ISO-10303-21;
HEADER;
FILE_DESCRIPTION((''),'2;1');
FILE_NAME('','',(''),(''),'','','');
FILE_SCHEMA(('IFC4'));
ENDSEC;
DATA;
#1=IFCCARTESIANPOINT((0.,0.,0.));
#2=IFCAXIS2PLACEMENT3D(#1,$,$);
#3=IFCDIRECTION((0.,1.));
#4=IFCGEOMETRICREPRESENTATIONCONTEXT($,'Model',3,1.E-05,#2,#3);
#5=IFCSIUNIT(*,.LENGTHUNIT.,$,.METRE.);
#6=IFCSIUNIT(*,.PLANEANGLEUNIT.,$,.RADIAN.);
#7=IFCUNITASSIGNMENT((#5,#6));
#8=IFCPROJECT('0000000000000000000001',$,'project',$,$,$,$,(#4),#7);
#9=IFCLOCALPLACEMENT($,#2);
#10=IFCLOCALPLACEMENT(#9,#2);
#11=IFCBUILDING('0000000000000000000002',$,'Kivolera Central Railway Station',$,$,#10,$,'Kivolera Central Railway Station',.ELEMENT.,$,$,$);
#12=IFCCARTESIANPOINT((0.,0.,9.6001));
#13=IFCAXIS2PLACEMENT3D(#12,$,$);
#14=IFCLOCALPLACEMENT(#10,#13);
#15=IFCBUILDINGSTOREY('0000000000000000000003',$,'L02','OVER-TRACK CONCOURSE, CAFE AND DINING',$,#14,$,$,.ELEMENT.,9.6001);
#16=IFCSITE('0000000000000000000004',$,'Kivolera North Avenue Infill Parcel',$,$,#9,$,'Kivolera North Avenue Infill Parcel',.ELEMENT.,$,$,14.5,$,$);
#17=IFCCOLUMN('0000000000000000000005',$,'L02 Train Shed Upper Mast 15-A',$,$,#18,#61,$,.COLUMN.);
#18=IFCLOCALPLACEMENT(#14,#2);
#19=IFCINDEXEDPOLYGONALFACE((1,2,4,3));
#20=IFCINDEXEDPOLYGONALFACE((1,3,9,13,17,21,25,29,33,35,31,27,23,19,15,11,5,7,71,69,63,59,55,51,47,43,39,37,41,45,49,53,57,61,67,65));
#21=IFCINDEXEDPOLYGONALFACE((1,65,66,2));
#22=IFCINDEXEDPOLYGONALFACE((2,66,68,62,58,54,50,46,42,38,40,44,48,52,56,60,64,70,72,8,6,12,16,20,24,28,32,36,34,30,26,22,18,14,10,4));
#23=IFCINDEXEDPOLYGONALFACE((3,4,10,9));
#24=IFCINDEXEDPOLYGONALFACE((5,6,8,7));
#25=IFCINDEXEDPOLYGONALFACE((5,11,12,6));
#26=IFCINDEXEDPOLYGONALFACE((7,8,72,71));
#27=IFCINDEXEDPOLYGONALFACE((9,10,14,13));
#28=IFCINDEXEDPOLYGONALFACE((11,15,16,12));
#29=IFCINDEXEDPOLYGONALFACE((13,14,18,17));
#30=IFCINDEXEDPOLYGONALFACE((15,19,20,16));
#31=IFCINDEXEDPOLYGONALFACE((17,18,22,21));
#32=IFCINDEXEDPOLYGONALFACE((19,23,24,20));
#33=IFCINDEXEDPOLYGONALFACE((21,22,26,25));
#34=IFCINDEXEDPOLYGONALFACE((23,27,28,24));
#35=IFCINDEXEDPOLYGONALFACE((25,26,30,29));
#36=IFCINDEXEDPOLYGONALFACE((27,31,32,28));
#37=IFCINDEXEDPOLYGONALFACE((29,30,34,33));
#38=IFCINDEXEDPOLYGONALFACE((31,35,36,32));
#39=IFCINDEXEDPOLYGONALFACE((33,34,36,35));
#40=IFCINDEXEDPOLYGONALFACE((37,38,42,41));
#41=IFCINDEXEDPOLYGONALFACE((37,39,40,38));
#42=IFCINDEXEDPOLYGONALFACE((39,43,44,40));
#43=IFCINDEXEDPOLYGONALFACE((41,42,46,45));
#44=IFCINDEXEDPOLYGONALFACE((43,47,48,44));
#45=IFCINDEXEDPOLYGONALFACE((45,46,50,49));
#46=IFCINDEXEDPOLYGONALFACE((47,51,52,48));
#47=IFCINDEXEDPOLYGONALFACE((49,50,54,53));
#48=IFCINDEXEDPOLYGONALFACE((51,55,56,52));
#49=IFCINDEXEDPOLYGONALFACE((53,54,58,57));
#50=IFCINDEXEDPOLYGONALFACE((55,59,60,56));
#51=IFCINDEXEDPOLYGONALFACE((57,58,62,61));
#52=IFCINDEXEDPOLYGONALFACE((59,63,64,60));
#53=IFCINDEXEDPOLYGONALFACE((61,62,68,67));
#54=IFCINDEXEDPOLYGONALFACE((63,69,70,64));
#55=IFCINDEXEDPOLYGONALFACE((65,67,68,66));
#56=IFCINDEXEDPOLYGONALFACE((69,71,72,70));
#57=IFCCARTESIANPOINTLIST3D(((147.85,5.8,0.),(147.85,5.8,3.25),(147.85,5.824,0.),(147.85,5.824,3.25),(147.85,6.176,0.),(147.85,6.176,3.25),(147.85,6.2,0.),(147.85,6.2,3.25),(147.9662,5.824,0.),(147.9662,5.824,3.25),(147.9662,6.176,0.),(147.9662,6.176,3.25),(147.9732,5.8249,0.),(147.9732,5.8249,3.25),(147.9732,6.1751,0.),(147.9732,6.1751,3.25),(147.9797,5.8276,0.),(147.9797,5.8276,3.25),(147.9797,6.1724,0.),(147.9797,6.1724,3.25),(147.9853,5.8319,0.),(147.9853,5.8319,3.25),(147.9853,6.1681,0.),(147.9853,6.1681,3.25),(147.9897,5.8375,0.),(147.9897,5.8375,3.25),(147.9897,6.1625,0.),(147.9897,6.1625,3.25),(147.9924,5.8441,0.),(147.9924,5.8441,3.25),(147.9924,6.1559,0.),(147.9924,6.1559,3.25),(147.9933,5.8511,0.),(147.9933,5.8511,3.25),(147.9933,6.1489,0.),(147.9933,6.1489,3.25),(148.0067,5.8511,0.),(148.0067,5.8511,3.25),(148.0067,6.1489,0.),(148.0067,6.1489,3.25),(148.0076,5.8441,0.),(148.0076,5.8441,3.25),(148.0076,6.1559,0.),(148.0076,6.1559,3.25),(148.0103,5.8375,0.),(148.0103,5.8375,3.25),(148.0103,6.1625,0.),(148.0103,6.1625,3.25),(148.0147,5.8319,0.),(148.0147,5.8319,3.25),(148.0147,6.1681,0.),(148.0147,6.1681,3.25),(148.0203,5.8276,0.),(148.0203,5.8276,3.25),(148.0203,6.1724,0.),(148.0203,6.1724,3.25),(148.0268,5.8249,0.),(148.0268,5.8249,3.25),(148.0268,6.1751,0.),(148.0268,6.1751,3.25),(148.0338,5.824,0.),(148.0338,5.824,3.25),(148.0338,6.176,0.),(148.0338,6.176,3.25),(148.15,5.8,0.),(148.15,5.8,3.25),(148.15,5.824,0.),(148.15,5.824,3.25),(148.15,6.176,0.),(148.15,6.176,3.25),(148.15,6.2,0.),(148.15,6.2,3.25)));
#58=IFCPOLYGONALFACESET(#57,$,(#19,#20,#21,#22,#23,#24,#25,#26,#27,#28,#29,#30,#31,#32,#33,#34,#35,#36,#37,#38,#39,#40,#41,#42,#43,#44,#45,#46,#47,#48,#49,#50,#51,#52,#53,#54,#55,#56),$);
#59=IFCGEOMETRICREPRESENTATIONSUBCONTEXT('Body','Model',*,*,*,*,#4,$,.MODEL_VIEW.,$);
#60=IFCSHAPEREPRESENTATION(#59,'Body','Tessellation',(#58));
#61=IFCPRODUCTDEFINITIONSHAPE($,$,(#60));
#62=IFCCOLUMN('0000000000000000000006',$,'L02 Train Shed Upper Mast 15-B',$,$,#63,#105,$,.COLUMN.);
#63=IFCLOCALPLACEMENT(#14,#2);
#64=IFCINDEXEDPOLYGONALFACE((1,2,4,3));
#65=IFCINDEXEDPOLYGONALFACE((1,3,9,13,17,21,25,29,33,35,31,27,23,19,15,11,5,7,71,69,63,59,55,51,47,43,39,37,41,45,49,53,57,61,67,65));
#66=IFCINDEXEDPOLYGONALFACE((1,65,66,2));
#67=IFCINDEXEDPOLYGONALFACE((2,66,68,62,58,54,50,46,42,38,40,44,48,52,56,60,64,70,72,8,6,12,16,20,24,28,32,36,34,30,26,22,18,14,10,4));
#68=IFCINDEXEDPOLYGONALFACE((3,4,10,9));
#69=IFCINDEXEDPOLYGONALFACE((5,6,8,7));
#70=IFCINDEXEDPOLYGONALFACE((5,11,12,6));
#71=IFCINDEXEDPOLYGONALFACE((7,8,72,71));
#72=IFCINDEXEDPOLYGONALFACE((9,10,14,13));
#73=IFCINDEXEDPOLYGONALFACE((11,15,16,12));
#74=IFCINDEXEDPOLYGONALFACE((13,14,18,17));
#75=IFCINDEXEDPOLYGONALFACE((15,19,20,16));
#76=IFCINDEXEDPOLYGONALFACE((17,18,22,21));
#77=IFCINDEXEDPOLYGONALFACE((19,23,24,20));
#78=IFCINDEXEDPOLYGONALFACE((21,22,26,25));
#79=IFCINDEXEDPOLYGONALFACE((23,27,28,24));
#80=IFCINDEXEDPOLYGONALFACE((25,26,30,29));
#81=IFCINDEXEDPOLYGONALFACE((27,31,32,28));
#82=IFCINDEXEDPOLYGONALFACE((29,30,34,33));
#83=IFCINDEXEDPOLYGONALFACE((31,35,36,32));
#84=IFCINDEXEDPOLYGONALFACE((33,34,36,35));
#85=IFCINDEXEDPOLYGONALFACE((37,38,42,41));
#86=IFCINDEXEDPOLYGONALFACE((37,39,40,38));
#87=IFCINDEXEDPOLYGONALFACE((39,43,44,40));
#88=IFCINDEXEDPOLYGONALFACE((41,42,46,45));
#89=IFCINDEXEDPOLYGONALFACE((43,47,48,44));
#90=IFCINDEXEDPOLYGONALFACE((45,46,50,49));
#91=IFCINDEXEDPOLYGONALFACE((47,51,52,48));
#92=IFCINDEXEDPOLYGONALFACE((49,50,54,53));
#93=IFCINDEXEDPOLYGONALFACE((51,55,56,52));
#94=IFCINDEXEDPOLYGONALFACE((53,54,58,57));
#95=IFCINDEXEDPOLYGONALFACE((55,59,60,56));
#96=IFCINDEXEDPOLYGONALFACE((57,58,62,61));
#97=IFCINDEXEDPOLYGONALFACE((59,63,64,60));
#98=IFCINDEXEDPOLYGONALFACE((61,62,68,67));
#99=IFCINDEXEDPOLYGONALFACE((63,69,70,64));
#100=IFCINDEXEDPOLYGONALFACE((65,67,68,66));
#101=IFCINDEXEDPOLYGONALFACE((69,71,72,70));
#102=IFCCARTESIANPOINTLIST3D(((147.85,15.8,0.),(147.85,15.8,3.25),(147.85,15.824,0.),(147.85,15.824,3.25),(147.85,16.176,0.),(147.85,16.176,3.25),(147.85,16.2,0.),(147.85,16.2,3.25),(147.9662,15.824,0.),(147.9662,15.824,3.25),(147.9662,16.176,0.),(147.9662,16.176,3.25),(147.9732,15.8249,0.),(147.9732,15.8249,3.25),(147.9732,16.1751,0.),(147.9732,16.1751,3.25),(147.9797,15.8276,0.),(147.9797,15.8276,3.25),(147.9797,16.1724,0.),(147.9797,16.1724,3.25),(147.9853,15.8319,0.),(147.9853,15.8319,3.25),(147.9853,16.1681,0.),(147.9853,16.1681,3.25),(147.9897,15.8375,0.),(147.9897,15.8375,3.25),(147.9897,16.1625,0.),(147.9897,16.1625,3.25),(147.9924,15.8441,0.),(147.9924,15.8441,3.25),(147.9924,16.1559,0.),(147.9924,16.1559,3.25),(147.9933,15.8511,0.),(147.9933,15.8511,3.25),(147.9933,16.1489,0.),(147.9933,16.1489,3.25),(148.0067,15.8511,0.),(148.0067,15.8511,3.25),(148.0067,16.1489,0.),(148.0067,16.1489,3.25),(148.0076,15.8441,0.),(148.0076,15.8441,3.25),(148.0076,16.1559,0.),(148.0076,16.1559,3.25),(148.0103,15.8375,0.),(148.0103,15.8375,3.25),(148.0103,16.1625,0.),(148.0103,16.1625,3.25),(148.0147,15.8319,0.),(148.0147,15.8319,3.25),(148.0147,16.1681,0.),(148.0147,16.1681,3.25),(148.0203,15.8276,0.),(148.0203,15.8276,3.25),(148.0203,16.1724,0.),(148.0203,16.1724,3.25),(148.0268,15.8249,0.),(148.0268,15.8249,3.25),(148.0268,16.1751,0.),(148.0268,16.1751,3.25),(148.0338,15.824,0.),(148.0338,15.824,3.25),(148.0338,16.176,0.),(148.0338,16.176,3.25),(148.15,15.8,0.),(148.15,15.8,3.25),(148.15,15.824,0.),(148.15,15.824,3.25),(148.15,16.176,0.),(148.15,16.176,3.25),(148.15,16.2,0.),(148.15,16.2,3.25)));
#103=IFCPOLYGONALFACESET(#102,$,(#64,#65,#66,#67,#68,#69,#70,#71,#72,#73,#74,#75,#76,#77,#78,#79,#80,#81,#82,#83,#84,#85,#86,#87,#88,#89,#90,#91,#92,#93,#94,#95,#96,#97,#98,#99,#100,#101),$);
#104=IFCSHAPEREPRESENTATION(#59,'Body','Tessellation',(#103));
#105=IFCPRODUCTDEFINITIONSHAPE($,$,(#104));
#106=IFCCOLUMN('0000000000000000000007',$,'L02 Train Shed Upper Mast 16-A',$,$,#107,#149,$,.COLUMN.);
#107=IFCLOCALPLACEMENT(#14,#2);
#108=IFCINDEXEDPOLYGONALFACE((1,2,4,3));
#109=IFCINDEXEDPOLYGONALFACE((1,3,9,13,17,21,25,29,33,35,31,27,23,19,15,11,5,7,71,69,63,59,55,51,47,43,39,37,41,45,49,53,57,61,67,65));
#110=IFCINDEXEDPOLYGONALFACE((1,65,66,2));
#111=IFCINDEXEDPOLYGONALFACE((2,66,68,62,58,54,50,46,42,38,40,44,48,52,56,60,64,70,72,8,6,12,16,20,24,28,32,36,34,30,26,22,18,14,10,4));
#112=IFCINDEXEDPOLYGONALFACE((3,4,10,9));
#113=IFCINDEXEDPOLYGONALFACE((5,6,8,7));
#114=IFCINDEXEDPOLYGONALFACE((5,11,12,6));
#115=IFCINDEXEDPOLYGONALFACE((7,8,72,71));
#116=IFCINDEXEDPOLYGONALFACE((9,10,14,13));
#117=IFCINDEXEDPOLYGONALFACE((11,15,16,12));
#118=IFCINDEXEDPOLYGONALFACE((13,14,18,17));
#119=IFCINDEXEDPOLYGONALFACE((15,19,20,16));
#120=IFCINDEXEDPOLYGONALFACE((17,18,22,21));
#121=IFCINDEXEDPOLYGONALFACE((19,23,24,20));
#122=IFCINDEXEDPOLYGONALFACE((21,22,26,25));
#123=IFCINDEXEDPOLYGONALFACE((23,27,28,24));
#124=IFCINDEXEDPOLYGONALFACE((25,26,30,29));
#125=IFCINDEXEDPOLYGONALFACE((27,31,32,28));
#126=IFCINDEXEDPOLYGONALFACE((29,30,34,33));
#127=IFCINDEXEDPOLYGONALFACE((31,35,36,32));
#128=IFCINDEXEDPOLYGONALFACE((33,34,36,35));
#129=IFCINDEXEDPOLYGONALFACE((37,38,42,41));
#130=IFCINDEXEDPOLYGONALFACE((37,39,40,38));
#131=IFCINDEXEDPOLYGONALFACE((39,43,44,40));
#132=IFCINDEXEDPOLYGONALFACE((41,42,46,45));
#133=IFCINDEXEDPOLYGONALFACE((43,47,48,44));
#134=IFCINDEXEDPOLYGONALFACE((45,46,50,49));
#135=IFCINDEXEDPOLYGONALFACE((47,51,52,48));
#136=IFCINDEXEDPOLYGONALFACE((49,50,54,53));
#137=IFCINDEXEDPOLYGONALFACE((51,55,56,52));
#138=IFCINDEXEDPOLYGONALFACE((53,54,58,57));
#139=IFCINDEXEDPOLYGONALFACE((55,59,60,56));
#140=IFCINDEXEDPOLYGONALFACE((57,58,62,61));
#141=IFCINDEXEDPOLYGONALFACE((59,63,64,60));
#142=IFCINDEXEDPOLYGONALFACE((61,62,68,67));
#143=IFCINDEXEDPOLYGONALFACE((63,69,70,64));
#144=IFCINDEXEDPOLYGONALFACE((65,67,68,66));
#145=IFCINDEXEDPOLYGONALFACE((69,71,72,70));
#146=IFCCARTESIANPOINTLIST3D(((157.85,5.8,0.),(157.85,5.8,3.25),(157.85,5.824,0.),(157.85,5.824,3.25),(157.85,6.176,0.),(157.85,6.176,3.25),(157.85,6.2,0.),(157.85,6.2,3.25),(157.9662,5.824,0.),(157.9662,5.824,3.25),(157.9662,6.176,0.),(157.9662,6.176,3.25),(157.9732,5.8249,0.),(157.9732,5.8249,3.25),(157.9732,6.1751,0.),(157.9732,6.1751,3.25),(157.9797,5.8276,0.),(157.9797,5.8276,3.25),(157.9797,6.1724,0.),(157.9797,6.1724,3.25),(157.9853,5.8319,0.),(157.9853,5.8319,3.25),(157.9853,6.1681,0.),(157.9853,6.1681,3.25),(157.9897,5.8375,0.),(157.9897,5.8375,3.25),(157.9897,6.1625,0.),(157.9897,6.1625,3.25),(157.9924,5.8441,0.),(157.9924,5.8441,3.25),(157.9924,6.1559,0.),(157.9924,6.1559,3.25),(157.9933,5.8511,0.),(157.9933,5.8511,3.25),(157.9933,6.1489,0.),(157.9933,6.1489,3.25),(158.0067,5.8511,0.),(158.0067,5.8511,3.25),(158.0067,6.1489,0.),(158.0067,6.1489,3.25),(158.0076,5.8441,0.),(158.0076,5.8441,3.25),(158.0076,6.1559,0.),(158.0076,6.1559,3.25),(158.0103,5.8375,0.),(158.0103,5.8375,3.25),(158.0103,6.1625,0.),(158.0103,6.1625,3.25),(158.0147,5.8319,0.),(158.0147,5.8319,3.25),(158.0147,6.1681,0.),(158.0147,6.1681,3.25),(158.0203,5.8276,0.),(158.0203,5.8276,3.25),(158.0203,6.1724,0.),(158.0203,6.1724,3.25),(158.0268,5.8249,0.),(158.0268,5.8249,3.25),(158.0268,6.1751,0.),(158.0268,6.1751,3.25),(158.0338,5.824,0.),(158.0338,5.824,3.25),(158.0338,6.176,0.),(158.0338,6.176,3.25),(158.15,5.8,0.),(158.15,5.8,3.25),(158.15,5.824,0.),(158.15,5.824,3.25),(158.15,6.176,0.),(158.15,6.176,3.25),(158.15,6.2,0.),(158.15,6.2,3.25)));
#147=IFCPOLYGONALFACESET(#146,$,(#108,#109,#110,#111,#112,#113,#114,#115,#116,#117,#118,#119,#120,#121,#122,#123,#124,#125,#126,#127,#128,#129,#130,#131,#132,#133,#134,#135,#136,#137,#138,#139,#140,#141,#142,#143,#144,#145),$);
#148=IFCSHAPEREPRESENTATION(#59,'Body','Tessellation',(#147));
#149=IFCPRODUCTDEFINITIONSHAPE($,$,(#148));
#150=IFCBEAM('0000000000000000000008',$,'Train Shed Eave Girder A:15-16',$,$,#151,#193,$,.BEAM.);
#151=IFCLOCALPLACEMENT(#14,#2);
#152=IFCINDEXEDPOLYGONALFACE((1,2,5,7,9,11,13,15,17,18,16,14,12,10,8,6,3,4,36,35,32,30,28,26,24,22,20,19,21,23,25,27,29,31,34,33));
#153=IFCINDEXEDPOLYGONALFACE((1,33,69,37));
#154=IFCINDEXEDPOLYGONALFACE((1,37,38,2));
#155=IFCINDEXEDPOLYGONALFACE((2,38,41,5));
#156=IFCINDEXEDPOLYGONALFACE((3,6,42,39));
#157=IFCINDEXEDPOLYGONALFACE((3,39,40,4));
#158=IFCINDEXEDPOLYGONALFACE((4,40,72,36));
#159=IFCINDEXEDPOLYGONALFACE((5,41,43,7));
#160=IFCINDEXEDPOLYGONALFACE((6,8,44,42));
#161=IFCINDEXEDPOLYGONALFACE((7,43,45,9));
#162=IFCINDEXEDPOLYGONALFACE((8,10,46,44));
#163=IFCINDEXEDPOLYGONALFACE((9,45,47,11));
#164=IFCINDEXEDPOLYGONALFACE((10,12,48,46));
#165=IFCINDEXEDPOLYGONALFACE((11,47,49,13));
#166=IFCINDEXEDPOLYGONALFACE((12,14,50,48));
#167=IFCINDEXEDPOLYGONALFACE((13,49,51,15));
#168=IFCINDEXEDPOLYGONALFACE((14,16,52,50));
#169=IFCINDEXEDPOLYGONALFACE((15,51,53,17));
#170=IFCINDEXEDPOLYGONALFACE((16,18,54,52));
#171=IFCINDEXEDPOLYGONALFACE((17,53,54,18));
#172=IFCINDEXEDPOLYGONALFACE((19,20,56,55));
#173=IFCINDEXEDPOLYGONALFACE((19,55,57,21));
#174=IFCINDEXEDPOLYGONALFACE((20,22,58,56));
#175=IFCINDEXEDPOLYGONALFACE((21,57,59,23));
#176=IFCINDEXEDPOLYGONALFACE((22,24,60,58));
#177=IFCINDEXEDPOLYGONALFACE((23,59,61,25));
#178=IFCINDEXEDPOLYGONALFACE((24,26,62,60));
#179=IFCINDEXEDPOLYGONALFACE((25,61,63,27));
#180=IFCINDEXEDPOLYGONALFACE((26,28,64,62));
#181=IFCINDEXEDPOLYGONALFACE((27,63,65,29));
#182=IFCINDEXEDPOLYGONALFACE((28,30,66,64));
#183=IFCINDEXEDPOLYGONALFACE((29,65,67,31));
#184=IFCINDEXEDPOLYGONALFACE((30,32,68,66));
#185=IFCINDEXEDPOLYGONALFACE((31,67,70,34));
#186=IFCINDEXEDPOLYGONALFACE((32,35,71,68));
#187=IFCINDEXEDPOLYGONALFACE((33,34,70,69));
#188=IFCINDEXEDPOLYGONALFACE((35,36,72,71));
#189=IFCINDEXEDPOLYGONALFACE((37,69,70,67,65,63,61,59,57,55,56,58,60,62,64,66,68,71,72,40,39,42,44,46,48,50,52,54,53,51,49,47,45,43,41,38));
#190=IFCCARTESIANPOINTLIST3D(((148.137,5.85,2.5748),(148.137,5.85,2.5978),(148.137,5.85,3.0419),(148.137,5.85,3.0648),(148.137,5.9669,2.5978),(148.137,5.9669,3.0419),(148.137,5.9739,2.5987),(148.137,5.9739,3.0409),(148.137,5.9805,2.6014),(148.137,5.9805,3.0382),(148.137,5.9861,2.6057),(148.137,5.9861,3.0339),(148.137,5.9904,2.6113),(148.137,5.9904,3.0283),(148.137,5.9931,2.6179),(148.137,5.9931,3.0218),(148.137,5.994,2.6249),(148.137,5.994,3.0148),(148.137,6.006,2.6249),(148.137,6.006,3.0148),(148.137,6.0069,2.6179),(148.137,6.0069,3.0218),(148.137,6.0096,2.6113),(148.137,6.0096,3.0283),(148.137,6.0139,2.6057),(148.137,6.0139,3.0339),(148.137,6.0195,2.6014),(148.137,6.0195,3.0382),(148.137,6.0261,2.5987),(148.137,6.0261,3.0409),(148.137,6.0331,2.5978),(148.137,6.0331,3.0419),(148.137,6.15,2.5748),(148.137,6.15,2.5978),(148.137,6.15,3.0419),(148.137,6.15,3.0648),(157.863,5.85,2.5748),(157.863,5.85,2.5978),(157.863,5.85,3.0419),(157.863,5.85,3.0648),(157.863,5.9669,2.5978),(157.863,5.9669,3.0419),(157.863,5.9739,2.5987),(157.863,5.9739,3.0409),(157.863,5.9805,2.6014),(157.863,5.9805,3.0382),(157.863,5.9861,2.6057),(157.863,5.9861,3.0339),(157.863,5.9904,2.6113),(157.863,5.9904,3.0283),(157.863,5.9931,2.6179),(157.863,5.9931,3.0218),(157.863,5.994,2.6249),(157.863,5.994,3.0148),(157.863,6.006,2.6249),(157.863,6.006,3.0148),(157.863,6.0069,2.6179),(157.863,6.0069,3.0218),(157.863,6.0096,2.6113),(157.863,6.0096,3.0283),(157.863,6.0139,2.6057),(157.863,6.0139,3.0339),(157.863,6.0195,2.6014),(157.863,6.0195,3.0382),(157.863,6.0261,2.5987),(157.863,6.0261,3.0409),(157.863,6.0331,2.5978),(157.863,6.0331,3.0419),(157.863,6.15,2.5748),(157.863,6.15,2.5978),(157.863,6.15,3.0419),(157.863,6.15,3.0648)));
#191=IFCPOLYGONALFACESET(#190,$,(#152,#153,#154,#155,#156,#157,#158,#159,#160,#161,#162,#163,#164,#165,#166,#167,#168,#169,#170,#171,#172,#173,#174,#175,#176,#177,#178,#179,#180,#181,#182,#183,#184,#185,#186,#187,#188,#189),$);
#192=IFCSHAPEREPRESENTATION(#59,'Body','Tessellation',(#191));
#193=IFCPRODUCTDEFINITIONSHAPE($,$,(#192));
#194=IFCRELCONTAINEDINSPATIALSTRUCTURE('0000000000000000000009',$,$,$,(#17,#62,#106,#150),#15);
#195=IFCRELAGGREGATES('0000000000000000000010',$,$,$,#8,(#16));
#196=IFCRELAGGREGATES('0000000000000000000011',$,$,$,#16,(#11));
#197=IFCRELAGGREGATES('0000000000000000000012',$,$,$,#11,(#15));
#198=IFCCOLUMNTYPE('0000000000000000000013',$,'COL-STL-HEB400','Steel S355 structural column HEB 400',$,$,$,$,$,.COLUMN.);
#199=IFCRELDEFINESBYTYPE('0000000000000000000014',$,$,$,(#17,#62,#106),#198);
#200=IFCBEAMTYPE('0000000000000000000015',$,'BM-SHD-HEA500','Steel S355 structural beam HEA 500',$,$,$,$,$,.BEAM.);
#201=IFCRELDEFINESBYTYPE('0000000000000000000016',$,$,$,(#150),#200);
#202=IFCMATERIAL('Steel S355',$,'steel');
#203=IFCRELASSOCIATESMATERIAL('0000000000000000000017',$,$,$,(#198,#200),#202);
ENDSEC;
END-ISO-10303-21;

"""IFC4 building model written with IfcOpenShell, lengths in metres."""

from ifc_helpers import new_model, si_unit, direction, frame, origin, origin_2d, place, context, subcontext, project, spatial, i_section, extrude, material, material_profile, profile_set, type_object, element, save


model = new_model("IFC4")

# Units and contexts
model_context = context("Model", 3, precision=1e-05, world=origin(), true_north=direction((0.0, 1.0)))
body_context = subcontext(model_context, "Body", "Model", "MODEL_VIEW")
ifc_project = project(units=[si_unit("LENGTHUNIT", "METRE"), si_unit("PLANEANGLEUNIT", "RADIAN")], contexts=[model_context])

# Site, building, storey
site_placement = place(None, origin())
site = spatial("IfcSite", under=ifc_project, at=site_placement, Name="Kivolera North Avenue Infill Parcel", LongName="Kivolera North Avenue Infill Parcel", CompositionType="ELEMENT", RefElevation=14.5)
building_placement = place(site_placement, origin())
building = spatial("IfcBuilding", under=site, at=building_placement, Name="Kivolera Central Railway Station", LongName="Kivolera Central Railway Station", CompositionType="ELEMENT")
storey_placement = place(building_placement, frame((0.0, 0.0, 9.6001)))
storey = spatial("IfcBuildingStorey", under=building, at=storey_placement, Name="L02", Description="OVER-TRACK CONCOURSE, CAFE AND DINING", CompositionType="ELEMENT", Elevation=9.6001)

# Columns
ifc_material_1 = material(Name="Steel S355", Category="steel")
ifc_material_profile_1 = material_profile(ifc_material_1, i_section(OverallWidth=0.3, OverallDepth=0.3999, WebThickness=0.0134, FlangeThickness=0.0239, FilletRadius=0.0271, at=origin_2d()), Name="HEB 400")
ifc_profile_set_1 = profile_set([ifc_material_profile_1], Name="Steel S355")
column_type = type_object("IfcColumnType", Name="COL-STL-HEB400", Description="Steel S355 structural column HEB 400", PredefinedType="COLUMN", material=ifc_profile_set_1)
for number, where, z_axis, x_axis, name in (
    (1, (148.0, 6.0, 0.0), (0.0, 0.0, 1.0), (1.0, 0.0, 0.0), "L02 Train Shed Upper Mast 15-A"),
    (2, (148.0, 16.0, 0.0), (0.0, 0.0, 1.0), (1.0, 0.0, 0.0), "L02 Train Shed Upper Mast 15-B"),
    (3, (158.0, 6.0, 0.0), (0.0, 0.0, 1.0), (1.0, 0.0, 0.0), "L02 Train Shed Upper Mast 16-A"),
):
    element("IfcColumn", number, at=place(storey_placement, frame(where, z_axis=z_axis, x_axis=x_axis)), inside=storey, type_object=column_type, Name=name, PredefinedType="COLUMN", context=body_context, shape_type="SweptSolid", body=[
        extrude(i_section(OverallWidth=0.3, OverallDepth=0.3999, WebThickness=0.0134, FlangeThickness=0.0239, FilletRadius=0.0271, at=origin_2d()), origin(), (0.0, 0.0, 1.0), 3.25),
    ])

# Beam
ifc_material_profile_2 = material_profile(ifc_material_1, i_section(OverallWidth=0.3, OverallDepth=0.49, WebThickness=0.012, FlangeThickness=0.0229, FilletRadius=0.0271, at=origin_2d()), Name="HEA 500")
ifc_profile_set_2 = profile_set([ifc_material_profile_2], Name="Steel S355")
beam_type_1 = type_object("IfcBeamType", Name="BM-SHD-HEA500", Description="Steel S355 structural beam HEA 500", PredefinedType="BEAM", material=ifc_profile_set_2)
for number, where, z_axis, x_axis, name in (
    (4, (148.137, 6.0, 2.8198), (1.0, 0.0, 0.0), (0.0, 1.0, 0.0), "Train Shed Eave Girder A:15-16"),
):
    element("IfcBeam", number, at=place(storey_placement, frame(where, z_axis=z_axis, x_axis=x_axis)), inside=storey, type_object=beam_type_1, Name=name, PredefinedType="BEAM", context=body_context, shape_type="SweptSolid", body=[
        extrude(i_section(OverallWidth=0.3, OverallDepth=0.49, WebThickness=0.012, FlangeThickness=0.0229, FilletRadius=0.0271, at=origin_2d()), origin(), (0.0, 0.0, 1.0), 9.7261),
    ])

save(model, "model.ifc")
